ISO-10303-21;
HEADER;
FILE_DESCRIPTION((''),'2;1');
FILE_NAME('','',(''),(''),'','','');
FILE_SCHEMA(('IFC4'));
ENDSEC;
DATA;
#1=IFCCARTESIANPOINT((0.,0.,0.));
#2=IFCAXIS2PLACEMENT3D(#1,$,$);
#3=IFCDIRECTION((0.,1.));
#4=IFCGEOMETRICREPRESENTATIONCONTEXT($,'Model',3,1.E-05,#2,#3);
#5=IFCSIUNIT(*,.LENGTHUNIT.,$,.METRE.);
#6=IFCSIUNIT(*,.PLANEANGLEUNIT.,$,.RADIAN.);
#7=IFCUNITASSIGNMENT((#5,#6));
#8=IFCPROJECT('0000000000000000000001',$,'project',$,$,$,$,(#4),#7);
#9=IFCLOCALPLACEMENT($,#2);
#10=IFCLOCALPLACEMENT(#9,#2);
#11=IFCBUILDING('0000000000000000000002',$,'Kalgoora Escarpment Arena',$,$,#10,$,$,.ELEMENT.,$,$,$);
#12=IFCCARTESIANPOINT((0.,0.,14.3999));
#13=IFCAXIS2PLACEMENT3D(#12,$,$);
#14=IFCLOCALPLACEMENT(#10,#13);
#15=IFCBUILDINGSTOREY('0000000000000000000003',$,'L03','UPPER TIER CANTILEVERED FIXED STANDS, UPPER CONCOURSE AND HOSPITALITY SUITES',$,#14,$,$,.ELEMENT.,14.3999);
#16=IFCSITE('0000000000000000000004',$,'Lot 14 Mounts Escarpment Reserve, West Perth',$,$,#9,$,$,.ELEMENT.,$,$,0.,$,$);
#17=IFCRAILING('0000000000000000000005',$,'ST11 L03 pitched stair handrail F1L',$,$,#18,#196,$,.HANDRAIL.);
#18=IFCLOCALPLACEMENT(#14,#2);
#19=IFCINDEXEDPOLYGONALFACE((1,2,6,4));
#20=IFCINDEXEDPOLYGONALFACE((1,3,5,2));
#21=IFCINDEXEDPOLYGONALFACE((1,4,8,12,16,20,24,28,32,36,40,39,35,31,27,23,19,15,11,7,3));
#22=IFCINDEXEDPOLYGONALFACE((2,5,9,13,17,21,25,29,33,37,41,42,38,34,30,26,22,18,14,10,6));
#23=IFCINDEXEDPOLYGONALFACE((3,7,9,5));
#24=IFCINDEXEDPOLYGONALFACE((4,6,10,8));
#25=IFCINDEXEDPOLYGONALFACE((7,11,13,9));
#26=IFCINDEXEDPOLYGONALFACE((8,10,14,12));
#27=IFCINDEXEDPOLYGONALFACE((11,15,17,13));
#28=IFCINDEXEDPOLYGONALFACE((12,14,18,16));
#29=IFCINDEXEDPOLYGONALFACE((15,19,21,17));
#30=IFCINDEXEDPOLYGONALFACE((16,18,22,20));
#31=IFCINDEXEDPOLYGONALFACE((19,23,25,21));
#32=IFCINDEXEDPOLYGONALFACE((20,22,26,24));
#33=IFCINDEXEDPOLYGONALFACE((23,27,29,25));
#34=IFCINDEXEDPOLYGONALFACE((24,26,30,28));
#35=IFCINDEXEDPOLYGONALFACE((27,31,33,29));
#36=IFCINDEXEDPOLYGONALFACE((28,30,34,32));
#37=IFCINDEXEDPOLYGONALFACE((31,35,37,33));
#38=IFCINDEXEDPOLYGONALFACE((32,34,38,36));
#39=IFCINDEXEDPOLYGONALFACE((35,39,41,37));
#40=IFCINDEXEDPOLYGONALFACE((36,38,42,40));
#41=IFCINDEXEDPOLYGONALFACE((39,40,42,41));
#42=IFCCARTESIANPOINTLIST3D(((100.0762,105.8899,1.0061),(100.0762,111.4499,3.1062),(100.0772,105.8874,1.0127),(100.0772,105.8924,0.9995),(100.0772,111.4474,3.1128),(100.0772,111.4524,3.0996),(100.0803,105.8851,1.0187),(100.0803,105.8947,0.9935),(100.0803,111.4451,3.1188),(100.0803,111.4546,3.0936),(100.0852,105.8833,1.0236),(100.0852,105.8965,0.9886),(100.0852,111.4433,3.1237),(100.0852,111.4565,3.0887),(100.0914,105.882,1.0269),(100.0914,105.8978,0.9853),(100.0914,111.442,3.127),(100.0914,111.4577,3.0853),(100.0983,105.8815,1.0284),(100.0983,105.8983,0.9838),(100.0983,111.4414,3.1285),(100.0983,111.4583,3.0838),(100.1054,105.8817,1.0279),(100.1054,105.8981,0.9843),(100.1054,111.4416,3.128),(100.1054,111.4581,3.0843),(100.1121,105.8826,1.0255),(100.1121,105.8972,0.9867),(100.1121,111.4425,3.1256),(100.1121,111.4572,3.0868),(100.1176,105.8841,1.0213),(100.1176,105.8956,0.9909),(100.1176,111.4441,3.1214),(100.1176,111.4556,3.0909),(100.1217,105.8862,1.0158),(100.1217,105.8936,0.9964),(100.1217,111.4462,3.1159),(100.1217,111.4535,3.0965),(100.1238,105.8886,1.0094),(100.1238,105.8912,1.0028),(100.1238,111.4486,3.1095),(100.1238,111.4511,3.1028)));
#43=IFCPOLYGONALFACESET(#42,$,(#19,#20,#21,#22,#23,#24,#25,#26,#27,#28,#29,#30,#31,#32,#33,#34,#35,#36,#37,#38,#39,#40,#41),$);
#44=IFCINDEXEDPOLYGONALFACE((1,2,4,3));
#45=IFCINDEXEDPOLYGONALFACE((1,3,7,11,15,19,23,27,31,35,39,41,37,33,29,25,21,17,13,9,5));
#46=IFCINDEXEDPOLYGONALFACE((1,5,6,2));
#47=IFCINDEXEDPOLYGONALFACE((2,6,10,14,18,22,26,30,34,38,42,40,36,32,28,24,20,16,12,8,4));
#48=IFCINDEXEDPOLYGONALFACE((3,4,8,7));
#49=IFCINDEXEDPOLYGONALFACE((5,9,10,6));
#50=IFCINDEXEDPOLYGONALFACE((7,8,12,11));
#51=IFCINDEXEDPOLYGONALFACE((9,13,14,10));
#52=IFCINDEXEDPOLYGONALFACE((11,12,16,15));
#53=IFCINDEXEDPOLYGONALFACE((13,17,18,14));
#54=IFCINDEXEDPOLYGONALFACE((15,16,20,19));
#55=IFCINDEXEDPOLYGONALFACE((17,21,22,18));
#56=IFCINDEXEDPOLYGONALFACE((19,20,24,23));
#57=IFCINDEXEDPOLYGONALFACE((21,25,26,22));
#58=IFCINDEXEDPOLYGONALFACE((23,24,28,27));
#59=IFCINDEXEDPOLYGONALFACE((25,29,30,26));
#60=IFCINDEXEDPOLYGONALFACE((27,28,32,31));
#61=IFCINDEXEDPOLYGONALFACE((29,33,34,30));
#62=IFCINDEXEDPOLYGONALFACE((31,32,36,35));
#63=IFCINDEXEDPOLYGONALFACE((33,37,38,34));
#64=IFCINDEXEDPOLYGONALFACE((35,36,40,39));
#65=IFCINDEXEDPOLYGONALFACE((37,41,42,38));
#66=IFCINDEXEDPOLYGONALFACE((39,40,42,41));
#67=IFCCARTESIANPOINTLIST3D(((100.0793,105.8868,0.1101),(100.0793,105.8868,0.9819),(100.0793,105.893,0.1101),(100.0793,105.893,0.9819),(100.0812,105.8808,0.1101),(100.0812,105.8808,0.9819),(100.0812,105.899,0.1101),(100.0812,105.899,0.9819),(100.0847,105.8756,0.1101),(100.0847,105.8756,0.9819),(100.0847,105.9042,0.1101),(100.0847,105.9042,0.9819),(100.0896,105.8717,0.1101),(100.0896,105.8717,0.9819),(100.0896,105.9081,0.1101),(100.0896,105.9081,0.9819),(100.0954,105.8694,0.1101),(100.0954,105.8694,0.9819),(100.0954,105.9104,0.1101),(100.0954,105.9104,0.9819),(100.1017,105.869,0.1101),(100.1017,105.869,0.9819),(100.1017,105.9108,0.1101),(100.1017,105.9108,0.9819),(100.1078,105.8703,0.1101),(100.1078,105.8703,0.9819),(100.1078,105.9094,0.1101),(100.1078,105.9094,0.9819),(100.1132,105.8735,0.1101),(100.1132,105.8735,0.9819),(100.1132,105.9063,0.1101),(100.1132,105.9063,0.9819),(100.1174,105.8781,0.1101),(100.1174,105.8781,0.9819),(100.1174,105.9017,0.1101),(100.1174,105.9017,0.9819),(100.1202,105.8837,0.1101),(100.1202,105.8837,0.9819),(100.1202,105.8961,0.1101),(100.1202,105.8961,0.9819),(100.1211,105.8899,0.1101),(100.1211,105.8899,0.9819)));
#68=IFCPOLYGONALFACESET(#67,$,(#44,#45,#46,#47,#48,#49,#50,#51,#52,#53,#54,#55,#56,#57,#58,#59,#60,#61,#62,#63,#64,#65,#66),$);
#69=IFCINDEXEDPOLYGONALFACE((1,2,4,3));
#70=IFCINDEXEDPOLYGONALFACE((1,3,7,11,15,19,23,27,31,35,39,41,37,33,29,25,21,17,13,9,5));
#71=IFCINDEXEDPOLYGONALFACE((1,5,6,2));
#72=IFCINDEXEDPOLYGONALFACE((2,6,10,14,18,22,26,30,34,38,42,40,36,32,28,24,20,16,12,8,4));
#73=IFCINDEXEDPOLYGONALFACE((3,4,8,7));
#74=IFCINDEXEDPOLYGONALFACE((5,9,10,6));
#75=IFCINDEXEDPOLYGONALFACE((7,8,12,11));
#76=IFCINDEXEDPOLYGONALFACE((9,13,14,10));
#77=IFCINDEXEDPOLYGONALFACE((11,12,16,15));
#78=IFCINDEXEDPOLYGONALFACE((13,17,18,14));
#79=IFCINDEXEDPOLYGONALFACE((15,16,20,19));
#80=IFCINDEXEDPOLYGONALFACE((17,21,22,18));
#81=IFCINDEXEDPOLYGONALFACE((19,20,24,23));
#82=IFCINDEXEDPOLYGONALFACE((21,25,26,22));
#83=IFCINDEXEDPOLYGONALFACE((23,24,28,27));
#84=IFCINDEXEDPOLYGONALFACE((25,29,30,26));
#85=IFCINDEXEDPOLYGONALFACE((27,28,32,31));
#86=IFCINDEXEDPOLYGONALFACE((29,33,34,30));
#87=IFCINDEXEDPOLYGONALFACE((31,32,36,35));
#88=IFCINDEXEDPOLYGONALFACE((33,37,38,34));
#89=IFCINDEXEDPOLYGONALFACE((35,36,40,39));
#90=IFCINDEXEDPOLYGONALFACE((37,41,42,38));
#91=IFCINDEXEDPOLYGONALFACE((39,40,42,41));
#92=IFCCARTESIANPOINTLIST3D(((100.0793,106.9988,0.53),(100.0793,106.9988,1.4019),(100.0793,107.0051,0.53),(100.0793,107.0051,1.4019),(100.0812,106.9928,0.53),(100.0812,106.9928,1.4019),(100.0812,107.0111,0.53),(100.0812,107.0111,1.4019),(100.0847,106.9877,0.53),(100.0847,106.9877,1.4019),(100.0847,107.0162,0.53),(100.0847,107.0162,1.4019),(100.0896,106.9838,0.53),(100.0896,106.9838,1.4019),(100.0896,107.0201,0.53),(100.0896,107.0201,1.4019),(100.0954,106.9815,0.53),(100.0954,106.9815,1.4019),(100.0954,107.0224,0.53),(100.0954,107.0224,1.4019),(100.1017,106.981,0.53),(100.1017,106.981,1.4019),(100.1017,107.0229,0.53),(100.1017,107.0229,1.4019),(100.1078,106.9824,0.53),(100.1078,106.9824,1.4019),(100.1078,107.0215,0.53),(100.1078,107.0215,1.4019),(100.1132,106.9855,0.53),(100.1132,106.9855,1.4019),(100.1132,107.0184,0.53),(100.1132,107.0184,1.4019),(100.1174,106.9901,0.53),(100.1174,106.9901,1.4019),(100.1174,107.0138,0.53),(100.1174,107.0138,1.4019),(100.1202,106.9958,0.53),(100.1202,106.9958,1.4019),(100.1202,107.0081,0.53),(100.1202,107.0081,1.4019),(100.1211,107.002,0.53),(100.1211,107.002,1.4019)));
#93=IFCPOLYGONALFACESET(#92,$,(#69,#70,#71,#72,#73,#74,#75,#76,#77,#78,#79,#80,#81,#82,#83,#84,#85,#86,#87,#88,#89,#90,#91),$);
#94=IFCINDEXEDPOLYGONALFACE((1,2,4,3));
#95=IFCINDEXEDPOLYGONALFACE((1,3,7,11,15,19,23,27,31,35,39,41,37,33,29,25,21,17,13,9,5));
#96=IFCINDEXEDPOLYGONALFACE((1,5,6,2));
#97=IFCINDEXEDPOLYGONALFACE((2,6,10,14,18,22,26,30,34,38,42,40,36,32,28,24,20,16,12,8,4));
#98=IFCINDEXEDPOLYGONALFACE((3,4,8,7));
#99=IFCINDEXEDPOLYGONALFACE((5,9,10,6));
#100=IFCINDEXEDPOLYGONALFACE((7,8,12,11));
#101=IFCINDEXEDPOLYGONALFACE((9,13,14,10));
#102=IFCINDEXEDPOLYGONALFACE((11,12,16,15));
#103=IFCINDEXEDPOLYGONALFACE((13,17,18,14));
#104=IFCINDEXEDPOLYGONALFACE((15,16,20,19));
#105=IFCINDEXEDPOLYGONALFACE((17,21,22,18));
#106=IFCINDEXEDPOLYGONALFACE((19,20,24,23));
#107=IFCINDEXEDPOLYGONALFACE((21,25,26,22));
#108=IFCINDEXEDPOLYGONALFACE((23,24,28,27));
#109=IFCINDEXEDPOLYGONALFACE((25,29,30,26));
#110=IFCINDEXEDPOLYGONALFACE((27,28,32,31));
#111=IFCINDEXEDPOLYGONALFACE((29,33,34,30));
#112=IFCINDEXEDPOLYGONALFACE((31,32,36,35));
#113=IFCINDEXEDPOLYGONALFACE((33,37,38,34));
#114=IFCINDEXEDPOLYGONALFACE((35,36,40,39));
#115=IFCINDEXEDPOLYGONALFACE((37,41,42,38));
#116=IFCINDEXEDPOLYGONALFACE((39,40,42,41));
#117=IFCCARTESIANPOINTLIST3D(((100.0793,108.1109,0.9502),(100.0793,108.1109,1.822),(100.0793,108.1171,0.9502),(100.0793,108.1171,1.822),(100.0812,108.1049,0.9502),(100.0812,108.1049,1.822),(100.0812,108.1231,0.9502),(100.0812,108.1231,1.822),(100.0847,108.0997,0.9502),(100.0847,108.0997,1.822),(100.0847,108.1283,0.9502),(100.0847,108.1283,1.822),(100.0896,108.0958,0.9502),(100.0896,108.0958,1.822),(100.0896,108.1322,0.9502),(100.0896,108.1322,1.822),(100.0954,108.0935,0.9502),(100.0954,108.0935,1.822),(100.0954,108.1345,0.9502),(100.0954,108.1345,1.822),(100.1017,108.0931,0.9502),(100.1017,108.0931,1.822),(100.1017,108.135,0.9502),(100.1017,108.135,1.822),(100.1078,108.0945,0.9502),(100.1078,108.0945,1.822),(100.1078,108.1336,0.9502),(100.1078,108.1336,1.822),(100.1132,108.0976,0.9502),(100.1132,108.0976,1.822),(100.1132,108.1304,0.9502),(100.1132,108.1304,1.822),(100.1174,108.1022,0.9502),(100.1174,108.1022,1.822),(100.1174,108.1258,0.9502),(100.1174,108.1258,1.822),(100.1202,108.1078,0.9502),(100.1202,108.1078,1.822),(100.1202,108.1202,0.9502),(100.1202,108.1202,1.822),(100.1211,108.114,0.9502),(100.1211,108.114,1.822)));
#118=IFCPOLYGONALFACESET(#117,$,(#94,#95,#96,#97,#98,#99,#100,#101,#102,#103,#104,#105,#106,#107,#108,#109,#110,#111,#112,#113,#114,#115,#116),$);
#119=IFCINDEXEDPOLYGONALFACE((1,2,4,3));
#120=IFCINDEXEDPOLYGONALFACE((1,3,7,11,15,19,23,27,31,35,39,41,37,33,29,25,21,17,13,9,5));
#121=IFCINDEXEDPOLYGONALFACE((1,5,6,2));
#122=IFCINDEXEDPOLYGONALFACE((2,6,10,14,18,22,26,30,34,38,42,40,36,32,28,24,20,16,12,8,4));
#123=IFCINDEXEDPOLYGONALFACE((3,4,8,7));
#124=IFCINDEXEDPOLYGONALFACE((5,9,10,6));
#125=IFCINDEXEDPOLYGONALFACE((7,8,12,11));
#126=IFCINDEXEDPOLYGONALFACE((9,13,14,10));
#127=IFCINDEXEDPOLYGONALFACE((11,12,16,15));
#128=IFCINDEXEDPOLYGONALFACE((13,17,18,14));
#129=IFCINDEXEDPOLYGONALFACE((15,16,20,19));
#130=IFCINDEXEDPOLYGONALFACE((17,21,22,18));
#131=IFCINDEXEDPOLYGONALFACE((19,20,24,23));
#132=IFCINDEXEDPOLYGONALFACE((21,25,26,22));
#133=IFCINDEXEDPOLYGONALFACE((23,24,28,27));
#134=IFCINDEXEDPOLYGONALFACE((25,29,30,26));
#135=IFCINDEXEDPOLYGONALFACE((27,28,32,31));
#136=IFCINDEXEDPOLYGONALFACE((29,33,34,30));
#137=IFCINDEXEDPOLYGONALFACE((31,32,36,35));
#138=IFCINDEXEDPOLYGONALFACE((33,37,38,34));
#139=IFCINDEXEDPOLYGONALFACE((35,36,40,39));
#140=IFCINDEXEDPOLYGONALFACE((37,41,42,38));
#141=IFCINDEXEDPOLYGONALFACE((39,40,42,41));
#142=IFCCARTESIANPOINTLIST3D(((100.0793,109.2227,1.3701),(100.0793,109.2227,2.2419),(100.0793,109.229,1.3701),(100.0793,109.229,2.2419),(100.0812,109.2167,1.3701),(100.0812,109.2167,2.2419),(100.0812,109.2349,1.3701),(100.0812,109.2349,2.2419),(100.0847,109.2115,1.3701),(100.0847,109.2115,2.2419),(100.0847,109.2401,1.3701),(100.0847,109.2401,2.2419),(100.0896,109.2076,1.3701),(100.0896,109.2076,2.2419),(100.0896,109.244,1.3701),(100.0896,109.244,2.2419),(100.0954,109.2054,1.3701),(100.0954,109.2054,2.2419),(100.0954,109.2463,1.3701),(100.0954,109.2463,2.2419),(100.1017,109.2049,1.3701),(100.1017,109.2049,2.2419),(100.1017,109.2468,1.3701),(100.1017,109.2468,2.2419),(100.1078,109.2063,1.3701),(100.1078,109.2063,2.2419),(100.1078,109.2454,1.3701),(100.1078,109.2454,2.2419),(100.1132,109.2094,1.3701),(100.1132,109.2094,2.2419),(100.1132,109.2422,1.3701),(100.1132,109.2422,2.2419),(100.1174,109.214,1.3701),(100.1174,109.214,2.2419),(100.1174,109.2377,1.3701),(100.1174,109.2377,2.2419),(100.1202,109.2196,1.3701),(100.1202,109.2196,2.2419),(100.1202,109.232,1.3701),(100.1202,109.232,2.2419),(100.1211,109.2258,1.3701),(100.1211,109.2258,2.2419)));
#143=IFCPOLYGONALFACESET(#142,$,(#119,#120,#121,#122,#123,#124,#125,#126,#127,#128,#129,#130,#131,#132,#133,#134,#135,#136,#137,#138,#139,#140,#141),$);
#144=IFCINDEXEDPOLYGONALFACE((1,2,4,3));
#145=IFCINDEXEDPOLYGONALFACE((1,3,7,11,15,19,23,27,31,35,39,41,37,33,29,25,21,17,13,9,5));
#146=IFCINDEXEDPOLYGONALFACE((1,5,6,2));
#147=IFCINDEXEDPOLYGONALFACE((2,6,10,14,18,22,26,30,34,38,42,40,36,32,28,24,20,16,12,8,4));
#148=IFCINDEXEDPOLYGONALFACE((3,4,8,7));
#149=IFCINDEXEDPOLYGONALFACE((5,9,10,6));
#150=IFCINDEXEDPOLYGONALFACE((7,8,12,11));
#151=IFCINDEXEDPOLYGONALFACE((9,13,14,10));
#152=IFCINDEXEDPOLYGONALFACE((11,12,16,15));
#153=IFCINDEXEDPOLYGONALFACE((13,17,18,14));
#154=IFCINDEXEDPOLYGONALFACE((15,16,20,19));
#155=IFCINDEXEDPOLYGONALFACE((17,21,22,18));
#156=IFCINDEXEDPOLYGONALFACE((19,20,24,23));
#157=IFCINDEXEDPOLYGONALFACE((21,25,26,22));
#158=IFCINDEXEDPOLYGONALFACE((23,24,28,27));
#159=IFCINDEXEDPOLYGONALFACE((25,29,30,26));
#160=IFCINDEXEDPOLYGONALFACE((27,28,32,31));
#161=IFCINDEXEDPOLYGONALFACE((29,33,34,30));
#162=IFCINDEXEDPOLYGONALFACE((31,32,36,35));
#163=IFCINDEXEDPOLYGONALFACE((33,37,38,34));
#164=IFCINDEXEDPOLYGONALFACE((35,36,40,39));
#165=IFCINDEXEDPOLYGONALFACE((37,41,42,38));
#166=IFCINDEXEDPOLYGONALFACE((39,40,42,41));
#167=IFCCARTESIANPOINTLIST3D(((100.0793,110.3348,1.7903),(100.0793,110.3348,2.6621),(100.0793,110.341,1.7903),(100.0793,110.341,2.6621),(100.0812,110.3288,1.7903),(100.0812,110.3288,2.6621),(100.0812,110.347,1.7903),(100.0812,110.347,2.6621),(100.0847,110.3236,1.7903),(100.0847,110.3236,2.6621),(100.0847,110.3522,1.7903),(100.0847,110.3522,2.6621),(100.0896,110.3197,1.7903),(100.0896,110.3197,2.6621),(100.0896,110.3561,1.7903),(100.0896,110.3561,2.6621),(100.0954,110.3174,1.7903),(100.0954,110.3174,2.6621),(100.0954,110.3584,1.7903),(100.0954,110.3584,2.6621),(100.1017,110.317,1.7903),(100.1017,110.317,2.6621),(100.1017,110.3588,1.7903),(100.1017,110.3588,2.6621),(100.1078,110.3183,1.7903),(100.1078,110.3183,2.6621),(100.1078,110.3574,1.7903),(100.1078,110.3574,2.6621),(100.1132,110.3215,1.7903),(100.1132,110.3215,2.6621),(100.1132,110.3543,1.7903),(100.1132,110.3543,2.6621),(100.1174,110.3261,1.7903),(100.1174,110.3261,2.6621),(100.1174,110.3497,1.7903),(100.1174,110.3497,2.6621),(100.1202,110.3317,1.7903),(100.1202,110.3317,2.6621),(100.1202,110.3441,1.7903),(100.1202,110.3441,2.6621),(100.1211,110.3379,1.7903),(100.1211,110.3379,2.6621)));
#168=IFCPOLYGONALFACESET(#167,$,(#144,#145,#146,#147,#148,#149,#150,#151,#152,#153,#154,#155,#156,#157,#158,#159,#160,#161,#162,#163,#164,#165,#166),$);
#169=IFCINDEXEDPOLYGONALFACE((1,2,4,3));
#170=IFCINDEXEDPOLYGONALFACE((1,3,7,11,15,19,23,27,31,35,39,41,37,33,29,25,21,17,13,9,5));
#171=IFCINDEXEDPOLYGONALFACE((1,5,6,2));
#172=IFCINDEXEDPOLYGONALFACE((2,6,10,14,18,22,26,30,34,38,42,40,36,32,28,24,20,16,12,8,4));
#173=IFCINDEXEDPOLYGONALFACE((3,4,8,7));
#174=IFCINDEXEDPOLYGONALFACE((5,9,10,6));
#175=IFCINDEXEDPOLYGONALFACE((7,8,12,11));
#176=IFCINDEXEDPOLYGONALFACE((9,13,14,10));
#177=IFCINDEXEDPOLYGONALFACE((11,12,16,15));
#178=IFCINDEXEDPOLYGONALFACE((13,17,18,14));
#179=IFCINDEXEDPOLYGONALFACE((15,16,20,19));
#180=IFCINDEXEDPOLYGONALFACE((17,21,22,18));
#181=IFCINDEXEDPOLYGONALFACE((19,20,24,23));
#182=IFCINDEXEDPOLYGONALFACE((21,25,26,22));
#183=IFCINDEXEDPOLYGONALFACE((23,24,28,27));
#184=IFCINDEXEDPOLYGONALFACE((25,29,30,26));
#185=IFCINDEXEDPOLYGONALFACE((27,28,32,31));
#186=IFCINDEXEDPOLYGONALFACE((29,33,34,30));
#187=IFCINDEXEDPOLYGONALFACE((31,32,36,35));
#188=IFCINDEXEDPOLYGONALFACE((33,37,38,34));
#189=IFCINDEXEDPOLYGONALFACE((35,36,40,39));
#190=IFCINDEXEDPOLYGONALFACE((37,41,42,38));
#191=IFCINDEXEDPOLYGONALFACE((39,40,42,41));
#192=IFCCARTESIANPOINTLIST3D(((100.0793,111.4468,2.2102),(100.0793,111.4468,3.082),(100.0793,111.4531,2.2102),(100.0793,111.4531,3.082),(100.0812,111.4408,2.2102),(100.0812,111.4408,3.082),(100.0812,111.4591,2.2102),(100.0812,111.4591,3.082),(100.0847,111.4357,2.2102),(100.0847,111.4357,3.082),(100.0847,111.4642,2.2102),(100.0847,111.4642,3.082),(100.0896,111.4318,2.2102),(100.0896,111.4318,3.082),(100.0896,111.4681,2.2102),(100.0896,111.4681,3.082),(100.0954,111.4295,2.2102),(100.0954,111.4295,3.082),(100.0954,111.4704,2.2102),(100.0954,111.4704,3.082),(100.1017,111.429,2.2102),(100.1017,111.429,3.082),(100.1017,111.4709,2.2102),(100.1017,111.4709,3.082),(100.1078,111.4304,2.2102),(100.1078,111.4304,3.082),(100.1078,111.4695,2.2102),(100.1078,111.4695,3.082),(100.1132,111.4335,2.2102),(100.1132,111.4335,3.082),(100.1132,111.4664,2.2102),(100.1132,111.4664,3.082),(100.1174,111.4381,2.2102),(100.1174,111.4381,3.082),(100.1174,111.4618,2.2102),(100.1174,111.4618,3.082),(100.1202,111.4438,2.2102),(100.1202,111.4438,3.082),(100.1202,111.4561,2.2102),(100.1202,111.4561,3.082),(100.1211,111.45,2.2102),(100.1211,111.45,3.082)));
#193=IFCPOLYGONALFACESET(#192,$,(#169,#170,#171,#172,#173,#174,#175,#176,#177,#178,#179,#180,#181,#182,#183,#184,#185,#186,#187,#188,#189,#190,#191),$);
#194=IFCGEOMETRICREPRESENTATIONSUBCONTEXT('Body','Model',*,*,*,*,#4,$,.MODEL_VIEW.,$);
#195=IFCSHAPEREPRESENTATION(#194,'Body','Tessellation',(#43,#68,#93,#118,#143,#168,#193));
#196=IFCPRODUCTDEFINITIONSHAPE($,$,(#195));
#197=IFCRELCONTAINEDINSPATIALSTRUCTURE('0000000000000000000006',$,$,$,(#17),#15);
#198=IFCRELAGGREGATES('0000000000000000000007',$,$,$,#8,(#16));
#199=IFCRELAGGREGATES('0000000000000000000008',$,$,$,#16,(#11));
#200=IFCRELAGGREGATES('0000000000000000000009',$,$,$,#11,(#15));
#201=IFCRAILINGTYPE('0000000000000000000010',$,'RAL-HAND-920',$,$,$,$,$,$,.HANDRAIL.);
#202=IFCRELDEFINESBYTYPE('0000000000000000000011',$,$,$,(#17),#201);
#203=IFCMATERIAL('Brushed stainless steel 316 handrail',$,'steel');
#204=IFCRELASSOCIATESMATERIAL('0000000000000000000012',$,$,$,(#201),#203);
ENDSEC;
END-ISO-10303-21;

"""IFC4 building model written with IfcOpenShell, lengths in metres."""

from ifc_helpers import new_model, si_unit, direction, frame, origin, origin_2d, place, context, subcontext, project, spatial, circle, extrude, material, type_object, element, save


model = new_model("IFC4")

# Units and contexts
model_context = context("Model", 3, precision=1e-05, world=origin(), true_north=direction((0.0, 1.0)))
body_context = subcontext(model_context, "Body", "Model", "MODEL_VIEW")
ifc_project = project(units=[si_unit("LENGTHUNIT", "METRE"), si_unit("PLANEANGLEUNIT", "RADIAN")], contexts=[model_context])

# Site, building, storey
site_placement = place(None, origin())
site = spatial("IfcSite", under=ifc_project, at=site_placement, Name="Lot 14 Mounts Escarpment Reserve, West Perth", CompositionType="ELEMENT", RefElevation=0.0)
building_placement = place(site_placement, origin())
building = spatial("IfcBuilding", under=site, at=building_placement, Name="Kalgoora Escarpment Arena", CompositionType="ELEMENT")
storey_placement = place(building_placement, frame((0.0, 0.0, 14.3999)))
storey = spatial("IfcBuildingStorey", under=building, at=storey_placement, Name="L03", Description="UPPER TIER CANTILEVERED FIXED STANDS, UPPER CONCOURSE AND HOSPITALITY SUITES", CompositionType="ELEMENT", Elevation=14.3999)

# Railing
ifc_material_1 = material(Name="Brushed stainless steel 316 handrail", Category="steel")
railing_type_1 = type_object("IfcRailingType", Name="RAL-HAND-920", PredefinedType="HANDRAIL", material=ifc_material_1)
for number, where, name in (
    (1, (100.1001, 105.8899, 0.1101), "ST11 L03 pitched stair handrail F1L"),
):
    element("IfcRailing", number, at=place(storey_placement, frame(where)), inside=storey, type_object=railing_type_1, Name=name, PredefinedType="HANDRAIL", context=body_context, shape_type="SweptSolid", body=[
        extrude(circle(Radius=0.0239, at=origin_2d()), frame((0.0, 0.0, 0.896), z_axis=(0.0, 0.935493, 0.353346), x_axis=(-1.0, 0.0, 0.0)), (0.0, 0.0, 1.0), 5.9434),
        extrude(circle(Radius=0.021, at=origin_2d()), origin(), (0.0, 0.0, 1.0), 0.8718),
        extrude(circle(Radius=0.021, at=origin_2d()), frame((0.0, 1.1121, 0.4199)), (0.0, 0.0, 1.0), 0.8718),
        extrude(circle(Radius=0.021, at=origin_2d()), frame((0.0, 2.2241, 0.8401)), (0.0, 0.0, 1.0), 0.8718),
        extrude(circle(Radius=0.021, at=origin_2d()), frame((0.0, 3.3359, 1.26)), (0.0, 0.0, 1.0), 0.8718),
        extrude(circle(Radius=0.021, at=origin_2d()), frame((0.0, 4.448, 1.6802)), (0.0, 0.0, 1.0), 0.8718),
        extrude(circle(Radius=0.021, at=origin_2d()), frame((0.0, 5.5601, 2.1001)), (0.0, 0.0, 1.0), 0.8718),
    ])

save(model, "model.ifc")
